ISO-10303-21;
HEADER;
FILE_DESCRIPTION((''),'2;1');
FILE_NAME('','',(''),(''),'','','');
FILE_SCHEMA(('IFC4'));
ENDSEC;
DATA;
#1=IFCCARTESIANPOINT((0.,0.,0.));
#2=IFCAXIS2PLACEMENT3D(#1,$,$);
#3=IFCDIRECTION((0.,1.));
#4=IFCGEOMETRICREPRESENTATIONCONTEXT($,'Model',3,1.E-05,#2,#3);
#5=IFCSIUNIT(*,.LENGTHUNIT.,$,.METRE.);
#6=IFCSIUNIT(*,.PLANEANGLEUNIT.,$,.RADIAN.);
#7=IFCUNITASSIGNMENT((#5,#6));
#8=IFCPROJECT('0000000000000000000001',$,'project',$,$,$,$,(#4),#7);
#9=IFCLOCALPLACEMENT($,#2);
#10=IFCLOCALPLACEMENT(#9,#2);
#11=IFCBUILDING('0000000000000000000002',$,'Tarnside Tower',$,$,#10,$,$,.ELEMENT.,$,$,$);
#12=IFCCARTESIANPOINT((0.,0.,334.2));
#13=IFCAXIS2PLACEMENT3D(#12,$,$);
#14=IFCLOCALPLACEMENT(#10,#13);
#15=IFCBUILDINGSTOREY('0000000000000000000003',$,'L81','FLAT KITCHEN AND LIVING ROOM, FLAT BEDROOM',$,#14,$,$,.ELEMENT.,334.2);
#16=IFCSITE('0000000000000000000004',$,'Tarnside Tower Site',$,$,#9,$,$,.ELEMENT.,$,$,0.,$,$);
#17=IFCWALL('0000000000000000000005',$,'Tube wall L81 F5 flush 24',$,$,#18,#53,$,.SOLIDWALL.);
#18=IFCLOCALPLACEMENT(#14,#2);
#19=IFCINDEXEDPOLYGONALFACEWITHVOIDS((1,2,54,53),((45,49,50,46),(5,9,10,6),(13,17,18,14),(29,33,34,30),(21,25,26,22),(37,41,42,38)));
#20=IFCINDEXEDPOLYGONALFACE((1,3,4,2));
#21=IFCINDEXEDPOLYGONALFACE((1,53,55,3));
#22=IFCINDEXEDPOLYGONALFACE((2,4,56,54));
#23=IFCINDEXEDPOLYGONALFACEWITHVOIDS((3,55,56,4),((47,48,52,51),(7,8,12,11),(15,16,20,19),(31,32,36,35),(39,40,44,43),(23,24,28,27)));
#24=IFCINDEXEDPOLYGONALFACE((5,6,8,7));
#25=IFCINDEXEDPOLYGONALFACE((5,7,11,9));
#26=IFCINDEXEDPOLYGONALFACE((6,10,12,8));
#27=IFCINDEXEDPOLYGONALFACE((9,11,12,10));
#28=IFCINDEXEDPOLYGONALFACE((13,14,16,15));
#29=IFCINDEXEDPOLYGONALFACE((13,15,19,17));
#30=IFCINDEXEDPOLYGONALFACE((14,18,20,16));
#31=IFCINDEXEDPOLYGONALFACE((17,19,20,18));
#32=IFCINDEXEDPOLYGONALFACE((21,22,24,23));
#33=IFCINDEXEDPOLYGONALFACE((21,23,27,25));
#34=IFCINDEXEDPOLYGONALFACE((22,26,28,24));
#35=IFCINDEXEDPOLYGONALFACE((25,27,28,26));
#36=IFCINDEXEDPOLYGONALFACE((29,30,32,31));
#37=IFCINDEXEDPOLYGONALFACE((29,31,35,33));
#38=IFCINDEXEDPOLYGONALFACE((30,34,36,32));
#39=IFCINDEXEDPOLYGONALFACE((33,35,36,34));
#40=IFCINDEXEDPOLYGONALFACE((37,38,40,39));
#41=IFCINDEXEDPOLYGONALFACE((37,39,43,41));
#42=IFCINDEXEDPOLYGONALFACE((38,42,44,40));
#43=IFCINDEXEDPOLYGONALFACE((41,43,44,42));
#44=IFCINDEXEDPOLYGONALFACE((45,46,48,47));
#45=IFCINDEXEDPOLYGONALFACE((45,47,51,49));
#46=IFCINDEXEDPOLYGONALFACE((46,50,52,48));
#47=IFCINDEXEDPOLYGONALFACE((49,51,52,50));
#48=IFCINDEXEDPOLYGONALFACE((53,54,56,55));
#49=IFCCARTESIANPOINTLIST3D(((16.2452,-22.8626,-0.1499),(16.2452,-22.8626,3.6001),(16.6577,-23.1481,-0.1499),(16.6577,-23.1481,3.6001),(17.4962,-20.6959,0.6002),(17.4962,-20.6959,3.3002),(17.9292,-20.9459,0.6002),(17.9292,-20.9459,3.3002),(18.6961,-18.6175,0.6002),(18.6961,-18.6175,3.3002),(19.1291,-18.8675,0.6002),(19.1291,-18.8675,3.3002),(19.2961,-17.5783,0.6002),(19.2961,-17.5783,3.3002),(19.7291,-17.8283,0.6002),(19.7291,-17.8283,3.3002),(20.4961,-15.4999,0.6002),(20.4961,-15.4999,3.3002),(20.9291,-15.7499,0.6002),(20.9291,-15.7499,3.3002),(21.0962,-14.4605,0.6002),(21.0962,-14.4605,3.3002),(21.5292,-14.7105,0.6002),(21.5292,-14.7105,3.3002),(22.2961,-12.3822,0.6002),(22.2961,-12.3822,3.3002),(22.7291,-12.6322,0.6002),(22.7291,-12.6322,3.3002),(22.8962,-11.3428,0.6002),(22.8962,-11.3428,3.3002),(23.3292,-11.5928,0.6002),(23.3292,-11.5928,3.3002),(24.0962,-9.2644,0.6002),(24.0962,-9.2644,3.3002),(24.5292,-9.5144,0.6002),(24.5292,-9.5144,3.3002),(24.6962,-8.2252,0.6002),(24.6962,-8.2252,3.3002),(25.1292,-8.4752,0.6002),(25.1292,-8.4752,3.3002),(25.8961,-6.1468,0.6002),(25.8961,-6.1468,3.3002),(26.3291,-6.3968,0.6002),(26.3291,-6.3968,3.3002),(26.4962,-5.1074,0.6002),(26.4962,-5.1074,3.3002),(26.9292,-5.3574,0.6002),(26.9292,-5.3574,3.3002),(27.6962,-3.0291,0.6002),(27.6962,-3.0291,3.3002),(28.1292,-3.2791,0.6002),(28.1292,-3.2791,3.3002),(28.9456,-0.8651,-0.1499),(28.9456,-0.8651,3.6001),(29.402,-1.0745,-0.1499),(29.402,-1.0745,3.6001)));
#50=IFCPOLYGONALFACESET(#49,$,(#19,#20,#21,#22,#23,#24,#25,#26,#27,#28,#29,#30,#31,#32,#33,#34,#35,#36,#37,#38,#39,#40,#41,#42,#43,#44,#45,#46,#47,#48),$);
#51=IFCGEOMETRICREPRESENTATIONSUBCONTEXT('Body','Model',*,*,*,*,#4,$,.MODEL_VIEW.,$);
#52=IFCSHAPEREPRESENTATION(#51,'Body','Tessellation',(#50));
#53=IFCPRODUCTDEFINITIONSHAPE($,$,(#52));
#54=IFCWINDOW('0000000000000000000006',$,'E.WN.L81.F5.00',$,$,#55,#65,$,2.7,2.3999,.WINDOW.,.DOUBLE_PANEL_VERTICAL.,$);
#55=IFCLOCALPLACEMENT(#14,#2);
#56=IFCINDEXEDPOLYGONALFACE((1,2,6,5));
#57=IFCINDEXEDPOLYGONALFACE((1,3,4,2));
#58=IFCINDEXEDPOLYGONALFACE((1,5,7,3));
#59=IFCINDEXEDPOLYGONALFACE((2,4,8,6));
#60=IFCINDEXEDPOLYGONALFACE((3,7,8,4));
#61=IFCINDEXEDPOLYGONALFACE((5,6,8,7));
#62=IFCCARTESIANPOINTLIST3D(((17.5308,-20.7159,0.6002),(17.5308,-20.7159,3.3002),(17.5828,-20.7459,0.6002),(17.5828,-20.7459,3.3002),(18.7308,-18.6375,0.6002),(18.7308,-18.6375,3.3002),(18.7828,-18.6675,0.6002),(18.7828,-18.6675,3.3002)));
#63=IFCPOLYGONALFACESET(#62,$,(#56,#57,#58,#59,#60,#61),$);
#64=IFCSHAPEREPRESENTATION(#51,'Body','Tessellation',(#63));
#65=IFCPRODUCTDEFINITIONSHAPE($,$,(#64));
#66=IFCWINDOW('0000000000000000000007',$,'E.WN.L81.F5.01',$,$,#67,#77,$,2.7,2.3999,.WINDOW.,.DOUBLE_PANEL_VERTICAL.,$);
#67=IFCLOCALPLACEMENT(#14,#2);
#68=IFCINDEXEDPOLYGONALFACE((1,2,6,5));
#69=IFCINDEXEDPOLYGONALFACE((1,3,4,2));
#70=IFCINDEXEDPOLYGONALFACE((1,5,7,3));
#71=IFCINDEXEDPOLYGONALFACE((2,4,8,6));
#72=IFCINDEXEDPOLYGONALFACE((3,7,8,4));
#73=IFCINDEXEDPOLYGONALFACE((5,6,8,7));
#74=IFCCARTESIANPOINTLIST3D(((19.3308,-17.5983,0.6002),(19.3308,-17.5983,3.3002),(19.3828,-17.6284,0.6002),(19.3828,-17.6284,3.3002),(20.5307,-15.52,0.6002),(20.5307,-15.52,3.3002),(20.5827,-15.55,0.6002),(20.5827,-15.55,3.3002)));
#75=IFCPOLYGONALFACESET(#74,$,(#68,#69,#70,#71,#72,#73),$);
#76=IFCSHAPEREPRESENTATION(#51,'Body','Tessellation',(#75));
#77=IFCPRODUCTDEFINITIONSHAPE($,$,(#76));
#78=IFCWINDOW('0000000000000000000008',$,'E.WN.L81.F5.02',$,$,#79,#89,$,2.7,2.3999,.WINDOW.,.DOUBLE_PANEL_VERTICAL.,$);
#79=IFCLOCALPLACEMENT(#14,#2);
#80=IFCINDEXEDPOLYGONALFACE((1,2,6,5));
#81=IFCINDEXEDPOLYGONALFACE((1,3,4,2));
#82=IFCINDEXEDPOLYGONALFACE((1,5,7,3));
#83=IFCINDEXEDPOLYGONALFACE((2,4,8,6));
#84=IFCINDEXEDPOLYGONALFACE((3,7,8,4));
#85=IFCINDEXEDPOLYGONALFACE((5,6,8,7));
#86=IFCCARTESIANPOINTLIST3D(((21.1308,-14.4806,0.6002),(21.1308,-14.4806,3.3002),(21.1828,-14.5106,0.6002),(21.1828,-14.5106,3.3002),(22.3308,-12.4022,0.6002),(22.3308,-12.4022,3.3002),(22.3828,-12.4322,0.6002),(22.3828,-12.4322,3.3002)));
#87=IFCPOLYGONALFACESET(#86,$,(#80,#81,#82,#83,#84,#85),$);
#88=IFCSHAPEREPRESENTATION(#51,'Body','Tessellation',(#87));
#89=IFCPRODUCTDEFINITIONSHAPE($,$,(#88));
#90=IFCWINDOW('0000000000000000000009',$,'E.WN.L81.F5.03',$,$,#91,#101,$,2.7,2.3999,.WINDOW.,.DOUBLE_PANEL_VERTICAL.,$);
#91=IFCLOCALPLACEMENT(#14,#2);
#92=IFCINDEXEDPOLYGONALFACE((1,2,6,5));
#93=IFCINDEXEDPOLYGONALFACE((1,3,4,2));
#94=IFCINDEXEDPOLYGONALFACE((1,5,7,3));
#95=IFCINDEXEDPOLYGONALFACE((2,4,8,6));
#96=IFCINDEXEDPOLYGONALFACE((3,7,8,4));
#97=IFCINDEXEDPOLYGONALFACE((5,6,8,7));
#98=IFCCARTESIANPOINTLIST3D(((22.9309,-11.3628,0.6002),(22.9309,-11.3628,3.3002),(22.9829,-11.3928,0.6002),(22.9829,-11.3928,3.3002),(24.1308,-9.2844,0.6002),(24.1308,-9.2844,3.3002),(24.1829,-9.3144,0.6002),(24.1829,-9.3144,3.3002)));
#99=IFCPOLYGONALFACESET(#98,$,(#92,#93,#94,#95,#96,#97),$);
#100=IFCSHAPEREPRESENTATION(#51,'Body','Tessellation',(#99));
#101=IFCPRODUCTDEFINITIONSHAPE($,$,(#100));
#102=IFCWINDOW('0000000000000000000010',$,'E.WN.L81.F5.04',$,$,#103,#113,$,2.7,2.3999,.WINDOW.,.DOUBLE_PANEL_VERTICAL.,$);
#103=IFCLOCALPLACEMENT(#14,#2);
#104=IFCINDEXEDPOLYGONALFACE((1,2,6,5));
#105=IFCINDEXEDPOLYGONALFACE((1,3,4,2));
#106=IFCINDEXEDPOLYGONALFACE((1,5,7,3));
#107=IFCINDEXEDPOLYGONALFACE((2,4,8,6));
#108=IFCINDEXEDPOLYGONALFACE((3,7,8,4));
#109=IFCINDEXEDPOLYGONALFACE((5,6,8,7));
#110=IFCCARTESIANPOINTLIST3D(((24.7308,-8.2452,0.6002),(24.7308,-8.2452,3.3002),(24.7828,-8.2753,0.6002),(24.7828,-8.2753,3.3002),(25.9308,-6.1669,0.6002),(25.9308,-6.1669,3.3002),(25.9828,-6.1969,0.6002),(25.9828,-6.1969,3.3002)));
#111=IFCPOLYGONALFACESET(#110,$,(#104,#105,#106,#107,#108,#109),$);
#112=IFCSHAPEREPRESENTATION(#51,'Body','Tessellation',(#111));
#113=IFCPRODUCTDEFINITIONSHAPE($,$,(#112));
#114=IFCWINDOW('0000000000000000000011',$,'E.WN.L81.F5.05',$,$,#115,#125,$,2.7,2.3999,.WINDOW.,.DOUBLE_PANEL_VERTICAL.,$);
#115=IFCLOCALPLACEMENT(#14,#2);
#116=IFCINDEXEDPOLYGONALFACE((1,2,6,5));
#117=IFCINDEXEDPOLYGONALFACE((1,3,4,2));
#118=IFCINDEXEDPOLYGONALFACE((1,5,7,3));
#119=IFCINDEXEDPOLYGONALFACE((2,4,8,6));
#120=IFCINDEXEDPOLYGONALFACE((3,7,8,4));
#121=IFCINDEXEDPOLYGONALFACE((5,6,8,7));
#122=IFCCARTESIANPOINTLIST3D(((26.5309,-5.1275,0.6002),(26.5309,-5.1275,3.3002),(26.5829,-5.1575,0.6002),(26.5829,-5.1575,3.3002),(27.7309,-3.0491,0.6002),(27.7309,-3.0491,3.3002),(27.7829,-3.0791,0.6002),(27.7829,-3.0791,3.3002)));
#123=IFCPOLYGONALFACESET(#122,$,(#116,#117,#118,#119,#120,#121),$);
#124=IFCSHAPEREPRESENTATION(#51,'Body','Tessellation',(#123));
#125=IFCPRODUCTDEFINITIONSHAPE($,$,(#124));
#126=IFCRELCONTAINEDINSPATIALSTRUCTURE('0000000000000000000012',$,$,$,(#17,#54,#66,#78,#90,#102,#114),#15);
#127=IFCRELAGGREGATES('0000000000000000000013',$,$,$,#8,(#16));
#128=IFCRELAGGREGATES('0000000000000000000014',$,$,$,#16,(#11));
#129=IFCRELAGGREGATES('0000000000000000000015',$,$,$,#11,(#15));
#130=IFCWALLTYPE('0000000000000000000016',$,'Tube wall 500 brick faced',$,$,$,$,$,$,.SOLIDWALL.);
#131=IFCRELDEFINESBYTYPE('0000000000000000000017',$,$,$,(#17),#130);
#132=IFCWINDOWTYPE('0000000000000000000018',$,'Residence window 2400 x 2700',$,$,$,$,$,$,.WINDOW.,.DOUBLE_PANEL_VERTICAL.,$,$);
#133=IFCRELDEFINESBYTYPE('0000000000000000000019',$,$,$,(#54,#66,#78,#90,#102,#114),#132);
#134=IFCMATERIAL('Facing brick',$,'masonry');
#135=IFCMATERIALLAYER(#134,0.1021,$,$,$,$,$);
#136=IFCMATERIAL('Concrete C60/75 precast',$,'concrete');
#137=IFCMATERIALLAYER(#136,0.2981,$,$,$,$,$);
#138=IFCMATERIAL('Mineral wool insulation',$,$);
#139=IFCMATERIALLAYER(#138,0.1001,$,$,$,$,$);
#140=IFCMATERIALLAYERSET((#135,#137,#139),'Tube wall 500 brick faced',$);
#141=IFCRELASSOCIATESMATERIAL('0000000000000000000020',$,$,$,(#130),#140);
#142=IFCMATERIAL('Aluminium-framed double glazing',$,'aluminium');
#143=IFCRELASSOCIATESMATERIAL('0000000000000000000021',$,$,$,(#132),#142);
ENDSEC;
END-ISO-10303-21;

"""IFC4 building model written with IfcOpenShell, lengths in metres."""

from ifc_helpers import new_model, si_unit, direction, frame, frame_2d, origin, place, context, subcontext, project, spatial, polyline, rectangle, outline, extrude, material, layer, layer_set, type_object, element, fill, save


model = new_model("IFC4")

# Units and contexts
model_context = context("Model", 3, precision=1e-05, world=origin(), true_north=direction((0.0, 1.0)))
body_context = subcontext(model_context, "Body", "Model", "MODEL_VIEW")
ifc_project = project(units=[si_unit("LENGTHUNIT", "METRE"), si_unit("PLANEANGLEUNIT", "RADIAN")], contexts=[model_context])

# Site, building, storey
site_placement = place(None, origin())
site = spatial("IfcSite", under=ifc_project, at=site_placement, Name="Tarnside Tower Site", CompositionType="ELEMENT", RefElevation=0.0)
building_placement = place(site_placement, origin())
building = spatial("IfcBuilding", under=site, at=building_placement, Name="Tarnside Tower", CompositionType="ELEMENT")
storey_placement = place(building_placement, frame((0.0, 0.0, 334.2)))
storey = spatial("IfcBuildingStorey", under=building, at=storey_placement, Name="L81", Description="FLAT KITCHEN AND LIVING ROOM, FLAT BEDROOM", CompositionType="ELEMENT", Elevation=334.2)

# Shared definitions
ifc_material_1 = material(Name="Facing brick", Category="masonry")
ifc_layer_1 = layer(ifc_material_1, 0.1021)
ifc_material_2 = material(Name="Concrete C60/75 precast", Category="concrete")
ifc_layer_2 = layer(ifc_material_2, 0.2981)
ifc_material_3 = material(Name="Mineral wool insulation")
ifc_layer_3 = layer(ifc_material_3, 0.1001)
ifc_layer_set_1 = layer_set([ifc_layer_1, ifc_layer_2, ifc_layer_3], Name="Tube wall 500 brick faced")
wall_type_1 = type_object("IfcWallType", Name="Tube wall 500 brick faced", PredefinedType="SOLIDWALL", material=ifc_layer_set_1)

# Wall, openings, windows
wall_1_placement = place(storey_placement, frame((16.4514, -23.0054, -0.1499), z_axis=(0.0, 0.0, 1.0), x_axis=(0.500004, 0.866023, 0.0)))
wall_1 = element("IfcWall", 1, at=wall_1_placement, inside=storey, type_object=wall_type_1, Name="Tube wall L81 F5 flush 24", PredefinedType="SOLIDWALL", context=body_context, shape_type="SweptSolid", body=[
    extrude(outline(polyline([(-0.0205, -0.25), (25.468, -0.25), (25.4211, 0.25), (0.0205, 0.25), (-0.0205, -0.25)])), origin(), (0.0, 0.0, 1.0), 3.75),
])
opening_1_placement = place(wall_1_placement, frame((2.5225, 0.0, 0.75)))
opening_1 = element("IfcOpeningElement", 2, at=opening_1_placement, cuts=wall_1, PredefinedType="OPENING", context=body_context, shape_type="SweptSolid", body=[
    extrude(rectangle(XDim=2.3999, YDim=2.7, at=frame_2d((1.2, 1.3501))), frame((0.0, 0.26, 0.0), z_axis=(0.0, -1.0, 0.0), x_axis=(1.0, 0.0, 0.0)), (0.0, 0.0, 1.0), 0.52),
])
opening_2_placement = place(wall_1_placement, frame((6.1223, 0.0, 0.75)))
opening_2 = element("IfcOpeningElement", 3, at=opening_2_placement, cuts=wall_1, PredefinedType="OPENING", context=body_context, shape_type="SweptSolid", body=[
    extrude(rectangle(XDim=2.3999, YDim=2.7, at=frame_2d((1.2, 1.3501))), frame((0.0, 0.26, 0.0), z_axis=(0.0, -1.0, 0.0), x_axis=(1.0, 0.0, 0.0)), (0.0, 0.0, 1.0), 0.52),
])
opening_3_placement = place(wall_1_placement, frame((9.7224, 0.0, 0.75)))
opening_3 = element("IfcOpeningElement", 4, at=opening_3_placement, cuts=wall_1, PredefinedType="OPENING", context=body_context, shape_type="SweptSolid", body=[
    extrude(rectangle(XDim=2.3999, YDim=2.7, at=frame_2d((1.2, 1.3501))), frame((0.0, 0.26, 0.0), z_axis=(0.0, -1.0, 0.0), x_axis=(1.0, 0.0, 0.0)), (0.0, 0.0, 1.0), 0.52),
])
opening_4_placement = place(wall_1_placement, frame((13.3225, 0.0, 0.75)))
opening_4 = element("IfcOpeningElement", 5, at=opening_4_placement, cuts=wall_1, PredefinedType="OPENING", context=body_context, shape_type="SweptSolid", body=[
    extrude(rectangle(XDim=2.3999, YDim=2.7, at=frame_2d((1.2, 1.3501))), frame((0.0, 0.26, 0.0), z_axis=(0.0, -1.0, 0.0), x_axis=(1.0, 0.0, 0.0)), (0.0, 0.0, 1.0), 0.52),
])
opening_5_placement = place(wall_1_placement, frame((16.9224, 0.0, 0.75)))
opening_5 = element("IfcOpeningElement", 6, at=opening_5_placement, cuts=wall_1, PredefinedType="OPENING", context=body_context, shape_type="SweptSolid", body=[
    extrude(rectangle(XDim=2.3999, YDim=2.7, at=frame_2d((1.2, 1.3501))), frame((0.0, 0.26, 0.0), z_axis=(0.0, -1.0, 0.0), x_axis=(1.0, 0.0, 0.0)), (0.0, 0.0, 1.0), 0.52),
])
opening_6_placement = place(wall_1_placement, frame((20.5225, 0.0, 0.75)))
opening_6 = element("IfcOpeningElement", 7, at=opening_6_placement, cuts=wall_1, PredefinedType="OPENING", context=body_context, shape_type="SweptSolid", body=[
    extrude(rectangle(XDim=2.3999, YDim=2.7, at=frame_2d((1.2, 1.3501))), frame((0.0, 0.26, 0.0), z_axis=(0.0, -1.0, 0.0), x_axis=(1.0, 0.0, 0.0)), (0.0, 0.0, 1.0), 0.52),
])
ifc_material_4 = material(Name="Aluminium-framed double glazing", Category="aluminium")
window_type = type_object("IfcWindowType", Name="Residence window 2400 x 2700", PartitioningType="DOUBLE_PANEL_VERTICAL", PredefinedType="WINDOW", material=ifc_material_4)
window_1_placement = place(opening_1_placement, frame((0.0, 0.1799, 0.0)))
window_1 = element("IfcWindow", 8, at=window_1_placement, inside=storey, type_object=window_type, Name="E.WN.L81.F5.00", OverallHeight=2.7, OverallWidth=2.3999, PartitioningType="DOUBLE_PANEL_VERTICAL", PredefinedType="WINDOW", context=body_context, shape_type="SweptSolid", body=[
    extrude(rectangle(XDim=2.3999, YDim=2.7, at=frame_2d((1.2, 1.3501))), frame((0.0, 0.03, 0.0), z_axis=(0.0, -1.0, 0.0), x_axis=(1.0, 0.0, 0.0)), (0.0, 0.0, 1.0), 0.0601),
])
fill(opening_1, window_1)
window_2_placement = place(opening_2_placement, frame((0.0, 0.1799, 0.0)))
window_2 = element("IfcWindow", 9, at=window_2_placement, inside=storey, type_object=window_type, Name="E.WN.L81.F5.01", OverallHeight=2.7, OverallWidth=2.3999, PartitioningType="DOUBLE_PANEL_VERTICAL", PredefinedType="WINDOW", context=body_context, shape_type="SweptSolid", body=[
    extrude(rectangle(XDim=2.3999, YDim=2.7, at=frame_2d((1.2, 1.3501))), frame((0.0, 0.03, 0.0), z_axis=(0.0, -1.0, 0.0), x_axis=(1.0, 0.0, 0.0)), (0.0, 0.0, 1.0), 0.0601),
])
fill(opening_2, window_2)
window_3_placement = place(opening_3_placement, frame((0.0, 0.1799, 0.0)))
window_3 = element("IfcWindow", 10, at=window_3_placement, inside=storey, type_object=window_type, Name="E.WN.L81.F5.02", OverallHeight=2.7, OverallWidth=2.3999, PartitioningType="DOUBLE_PANEL_VERTICAL", PredefinedType="WINDOW", context=body_context, shape_type="SweptSolid", body=[
    extrude(rectangle(XDim=2.3999, YDim=2.7, at=frame_2d((1.2, 1.3501))), frame((0.0, 0.03, 0.0), z_axis=(0.0, -1.0, 0.0), x_axis=(1.0, 0.0, 0.0)), (0.0, 0.0, 1.0), 0.0601),
])
fill(opening_3, window_3)
window_4_placement = place(opening_4_placement, frame((0.0, 0.1799, 0.0)))
window_4 = element("IfcWindow", 11, at=window_4_placement, inside=storey, type_object=window_type, Name="E.WN.L81.F5.03", OverallHeight=2.7, OverallWidth=2.3999, PartitioningType="DOUBLE_PANEL_VERTICAL", PredefinedType="WINDOW", context=body_context, shape_type="SweptSolid", body=[
    extrude(rectangle(XDim=2.3999, YDim=2.7, at=frame_2d((1.2, 1.3501))), frame((0.0, 0.03, 0.0), z_axis=(0.0, -1.0, 0.0), x_axis=(1.0, 0.0, 0.0)), (0.0, 0.0, 1.0), 0.0601),
])
fill(opening_4, window_4)
window_5_placement = place(opening_5_placement, frame((0.0, 0.1799, 0.0)))
window_5 = element("IfcWindow", 12, at=window_5_placement, inside=storey, type_object=window_type, Name="E.WN.L81.F5.04", OverallHeight=2.7, OverallWidth=2.3999, PartitioningType="DOUBLE_PANEL_VERTICAL", PredefinedType="WINDOW", context=body_context, shape_type="SweptSolid", body=[
    extrude(rectangle(XDim=2.3999, YDim=2.7, at=frame_2d((1.2, 1.3501))), frame((0.0, 0.03, 0.0), z_axis=(0.0, -1.0, 0.0), x_axis=(1.0, 0.0, 0.0)), (0.0, 0.0, 1.0), 0.0601),
])
fill(opening_5, window_5)
window_6_placement = place(opening_6_placement, frame((0.0, 0.1799, 0.0)))
window_6 = element("IfcWindow", 13, at=window_6_placement, inside=storey, type_object=window_type, Name="E.WN.L81.F5.05", OverallHeight=2.7, OverallWidth=2.3999, PartitioningType="DOUBLE_PANEL_VERTICAL", PredefinedType="WINDOW", context=body_context, shape_type="SweptSolid", body=[
    extrude(rectangle(XDim=2.3999, YDim=2.7, at=frame_2d((1.2, 1.3501))), frame((0.0, 0.03, 0.0), z_axis=(0.0, -1.0, 0.0), x_axis=(1.0, 0.0, 0.0)), (0.0, 0.0, 1.0), 0.0601),
])
fill(opening_6, window_6)

save(model, "model.ifc")
